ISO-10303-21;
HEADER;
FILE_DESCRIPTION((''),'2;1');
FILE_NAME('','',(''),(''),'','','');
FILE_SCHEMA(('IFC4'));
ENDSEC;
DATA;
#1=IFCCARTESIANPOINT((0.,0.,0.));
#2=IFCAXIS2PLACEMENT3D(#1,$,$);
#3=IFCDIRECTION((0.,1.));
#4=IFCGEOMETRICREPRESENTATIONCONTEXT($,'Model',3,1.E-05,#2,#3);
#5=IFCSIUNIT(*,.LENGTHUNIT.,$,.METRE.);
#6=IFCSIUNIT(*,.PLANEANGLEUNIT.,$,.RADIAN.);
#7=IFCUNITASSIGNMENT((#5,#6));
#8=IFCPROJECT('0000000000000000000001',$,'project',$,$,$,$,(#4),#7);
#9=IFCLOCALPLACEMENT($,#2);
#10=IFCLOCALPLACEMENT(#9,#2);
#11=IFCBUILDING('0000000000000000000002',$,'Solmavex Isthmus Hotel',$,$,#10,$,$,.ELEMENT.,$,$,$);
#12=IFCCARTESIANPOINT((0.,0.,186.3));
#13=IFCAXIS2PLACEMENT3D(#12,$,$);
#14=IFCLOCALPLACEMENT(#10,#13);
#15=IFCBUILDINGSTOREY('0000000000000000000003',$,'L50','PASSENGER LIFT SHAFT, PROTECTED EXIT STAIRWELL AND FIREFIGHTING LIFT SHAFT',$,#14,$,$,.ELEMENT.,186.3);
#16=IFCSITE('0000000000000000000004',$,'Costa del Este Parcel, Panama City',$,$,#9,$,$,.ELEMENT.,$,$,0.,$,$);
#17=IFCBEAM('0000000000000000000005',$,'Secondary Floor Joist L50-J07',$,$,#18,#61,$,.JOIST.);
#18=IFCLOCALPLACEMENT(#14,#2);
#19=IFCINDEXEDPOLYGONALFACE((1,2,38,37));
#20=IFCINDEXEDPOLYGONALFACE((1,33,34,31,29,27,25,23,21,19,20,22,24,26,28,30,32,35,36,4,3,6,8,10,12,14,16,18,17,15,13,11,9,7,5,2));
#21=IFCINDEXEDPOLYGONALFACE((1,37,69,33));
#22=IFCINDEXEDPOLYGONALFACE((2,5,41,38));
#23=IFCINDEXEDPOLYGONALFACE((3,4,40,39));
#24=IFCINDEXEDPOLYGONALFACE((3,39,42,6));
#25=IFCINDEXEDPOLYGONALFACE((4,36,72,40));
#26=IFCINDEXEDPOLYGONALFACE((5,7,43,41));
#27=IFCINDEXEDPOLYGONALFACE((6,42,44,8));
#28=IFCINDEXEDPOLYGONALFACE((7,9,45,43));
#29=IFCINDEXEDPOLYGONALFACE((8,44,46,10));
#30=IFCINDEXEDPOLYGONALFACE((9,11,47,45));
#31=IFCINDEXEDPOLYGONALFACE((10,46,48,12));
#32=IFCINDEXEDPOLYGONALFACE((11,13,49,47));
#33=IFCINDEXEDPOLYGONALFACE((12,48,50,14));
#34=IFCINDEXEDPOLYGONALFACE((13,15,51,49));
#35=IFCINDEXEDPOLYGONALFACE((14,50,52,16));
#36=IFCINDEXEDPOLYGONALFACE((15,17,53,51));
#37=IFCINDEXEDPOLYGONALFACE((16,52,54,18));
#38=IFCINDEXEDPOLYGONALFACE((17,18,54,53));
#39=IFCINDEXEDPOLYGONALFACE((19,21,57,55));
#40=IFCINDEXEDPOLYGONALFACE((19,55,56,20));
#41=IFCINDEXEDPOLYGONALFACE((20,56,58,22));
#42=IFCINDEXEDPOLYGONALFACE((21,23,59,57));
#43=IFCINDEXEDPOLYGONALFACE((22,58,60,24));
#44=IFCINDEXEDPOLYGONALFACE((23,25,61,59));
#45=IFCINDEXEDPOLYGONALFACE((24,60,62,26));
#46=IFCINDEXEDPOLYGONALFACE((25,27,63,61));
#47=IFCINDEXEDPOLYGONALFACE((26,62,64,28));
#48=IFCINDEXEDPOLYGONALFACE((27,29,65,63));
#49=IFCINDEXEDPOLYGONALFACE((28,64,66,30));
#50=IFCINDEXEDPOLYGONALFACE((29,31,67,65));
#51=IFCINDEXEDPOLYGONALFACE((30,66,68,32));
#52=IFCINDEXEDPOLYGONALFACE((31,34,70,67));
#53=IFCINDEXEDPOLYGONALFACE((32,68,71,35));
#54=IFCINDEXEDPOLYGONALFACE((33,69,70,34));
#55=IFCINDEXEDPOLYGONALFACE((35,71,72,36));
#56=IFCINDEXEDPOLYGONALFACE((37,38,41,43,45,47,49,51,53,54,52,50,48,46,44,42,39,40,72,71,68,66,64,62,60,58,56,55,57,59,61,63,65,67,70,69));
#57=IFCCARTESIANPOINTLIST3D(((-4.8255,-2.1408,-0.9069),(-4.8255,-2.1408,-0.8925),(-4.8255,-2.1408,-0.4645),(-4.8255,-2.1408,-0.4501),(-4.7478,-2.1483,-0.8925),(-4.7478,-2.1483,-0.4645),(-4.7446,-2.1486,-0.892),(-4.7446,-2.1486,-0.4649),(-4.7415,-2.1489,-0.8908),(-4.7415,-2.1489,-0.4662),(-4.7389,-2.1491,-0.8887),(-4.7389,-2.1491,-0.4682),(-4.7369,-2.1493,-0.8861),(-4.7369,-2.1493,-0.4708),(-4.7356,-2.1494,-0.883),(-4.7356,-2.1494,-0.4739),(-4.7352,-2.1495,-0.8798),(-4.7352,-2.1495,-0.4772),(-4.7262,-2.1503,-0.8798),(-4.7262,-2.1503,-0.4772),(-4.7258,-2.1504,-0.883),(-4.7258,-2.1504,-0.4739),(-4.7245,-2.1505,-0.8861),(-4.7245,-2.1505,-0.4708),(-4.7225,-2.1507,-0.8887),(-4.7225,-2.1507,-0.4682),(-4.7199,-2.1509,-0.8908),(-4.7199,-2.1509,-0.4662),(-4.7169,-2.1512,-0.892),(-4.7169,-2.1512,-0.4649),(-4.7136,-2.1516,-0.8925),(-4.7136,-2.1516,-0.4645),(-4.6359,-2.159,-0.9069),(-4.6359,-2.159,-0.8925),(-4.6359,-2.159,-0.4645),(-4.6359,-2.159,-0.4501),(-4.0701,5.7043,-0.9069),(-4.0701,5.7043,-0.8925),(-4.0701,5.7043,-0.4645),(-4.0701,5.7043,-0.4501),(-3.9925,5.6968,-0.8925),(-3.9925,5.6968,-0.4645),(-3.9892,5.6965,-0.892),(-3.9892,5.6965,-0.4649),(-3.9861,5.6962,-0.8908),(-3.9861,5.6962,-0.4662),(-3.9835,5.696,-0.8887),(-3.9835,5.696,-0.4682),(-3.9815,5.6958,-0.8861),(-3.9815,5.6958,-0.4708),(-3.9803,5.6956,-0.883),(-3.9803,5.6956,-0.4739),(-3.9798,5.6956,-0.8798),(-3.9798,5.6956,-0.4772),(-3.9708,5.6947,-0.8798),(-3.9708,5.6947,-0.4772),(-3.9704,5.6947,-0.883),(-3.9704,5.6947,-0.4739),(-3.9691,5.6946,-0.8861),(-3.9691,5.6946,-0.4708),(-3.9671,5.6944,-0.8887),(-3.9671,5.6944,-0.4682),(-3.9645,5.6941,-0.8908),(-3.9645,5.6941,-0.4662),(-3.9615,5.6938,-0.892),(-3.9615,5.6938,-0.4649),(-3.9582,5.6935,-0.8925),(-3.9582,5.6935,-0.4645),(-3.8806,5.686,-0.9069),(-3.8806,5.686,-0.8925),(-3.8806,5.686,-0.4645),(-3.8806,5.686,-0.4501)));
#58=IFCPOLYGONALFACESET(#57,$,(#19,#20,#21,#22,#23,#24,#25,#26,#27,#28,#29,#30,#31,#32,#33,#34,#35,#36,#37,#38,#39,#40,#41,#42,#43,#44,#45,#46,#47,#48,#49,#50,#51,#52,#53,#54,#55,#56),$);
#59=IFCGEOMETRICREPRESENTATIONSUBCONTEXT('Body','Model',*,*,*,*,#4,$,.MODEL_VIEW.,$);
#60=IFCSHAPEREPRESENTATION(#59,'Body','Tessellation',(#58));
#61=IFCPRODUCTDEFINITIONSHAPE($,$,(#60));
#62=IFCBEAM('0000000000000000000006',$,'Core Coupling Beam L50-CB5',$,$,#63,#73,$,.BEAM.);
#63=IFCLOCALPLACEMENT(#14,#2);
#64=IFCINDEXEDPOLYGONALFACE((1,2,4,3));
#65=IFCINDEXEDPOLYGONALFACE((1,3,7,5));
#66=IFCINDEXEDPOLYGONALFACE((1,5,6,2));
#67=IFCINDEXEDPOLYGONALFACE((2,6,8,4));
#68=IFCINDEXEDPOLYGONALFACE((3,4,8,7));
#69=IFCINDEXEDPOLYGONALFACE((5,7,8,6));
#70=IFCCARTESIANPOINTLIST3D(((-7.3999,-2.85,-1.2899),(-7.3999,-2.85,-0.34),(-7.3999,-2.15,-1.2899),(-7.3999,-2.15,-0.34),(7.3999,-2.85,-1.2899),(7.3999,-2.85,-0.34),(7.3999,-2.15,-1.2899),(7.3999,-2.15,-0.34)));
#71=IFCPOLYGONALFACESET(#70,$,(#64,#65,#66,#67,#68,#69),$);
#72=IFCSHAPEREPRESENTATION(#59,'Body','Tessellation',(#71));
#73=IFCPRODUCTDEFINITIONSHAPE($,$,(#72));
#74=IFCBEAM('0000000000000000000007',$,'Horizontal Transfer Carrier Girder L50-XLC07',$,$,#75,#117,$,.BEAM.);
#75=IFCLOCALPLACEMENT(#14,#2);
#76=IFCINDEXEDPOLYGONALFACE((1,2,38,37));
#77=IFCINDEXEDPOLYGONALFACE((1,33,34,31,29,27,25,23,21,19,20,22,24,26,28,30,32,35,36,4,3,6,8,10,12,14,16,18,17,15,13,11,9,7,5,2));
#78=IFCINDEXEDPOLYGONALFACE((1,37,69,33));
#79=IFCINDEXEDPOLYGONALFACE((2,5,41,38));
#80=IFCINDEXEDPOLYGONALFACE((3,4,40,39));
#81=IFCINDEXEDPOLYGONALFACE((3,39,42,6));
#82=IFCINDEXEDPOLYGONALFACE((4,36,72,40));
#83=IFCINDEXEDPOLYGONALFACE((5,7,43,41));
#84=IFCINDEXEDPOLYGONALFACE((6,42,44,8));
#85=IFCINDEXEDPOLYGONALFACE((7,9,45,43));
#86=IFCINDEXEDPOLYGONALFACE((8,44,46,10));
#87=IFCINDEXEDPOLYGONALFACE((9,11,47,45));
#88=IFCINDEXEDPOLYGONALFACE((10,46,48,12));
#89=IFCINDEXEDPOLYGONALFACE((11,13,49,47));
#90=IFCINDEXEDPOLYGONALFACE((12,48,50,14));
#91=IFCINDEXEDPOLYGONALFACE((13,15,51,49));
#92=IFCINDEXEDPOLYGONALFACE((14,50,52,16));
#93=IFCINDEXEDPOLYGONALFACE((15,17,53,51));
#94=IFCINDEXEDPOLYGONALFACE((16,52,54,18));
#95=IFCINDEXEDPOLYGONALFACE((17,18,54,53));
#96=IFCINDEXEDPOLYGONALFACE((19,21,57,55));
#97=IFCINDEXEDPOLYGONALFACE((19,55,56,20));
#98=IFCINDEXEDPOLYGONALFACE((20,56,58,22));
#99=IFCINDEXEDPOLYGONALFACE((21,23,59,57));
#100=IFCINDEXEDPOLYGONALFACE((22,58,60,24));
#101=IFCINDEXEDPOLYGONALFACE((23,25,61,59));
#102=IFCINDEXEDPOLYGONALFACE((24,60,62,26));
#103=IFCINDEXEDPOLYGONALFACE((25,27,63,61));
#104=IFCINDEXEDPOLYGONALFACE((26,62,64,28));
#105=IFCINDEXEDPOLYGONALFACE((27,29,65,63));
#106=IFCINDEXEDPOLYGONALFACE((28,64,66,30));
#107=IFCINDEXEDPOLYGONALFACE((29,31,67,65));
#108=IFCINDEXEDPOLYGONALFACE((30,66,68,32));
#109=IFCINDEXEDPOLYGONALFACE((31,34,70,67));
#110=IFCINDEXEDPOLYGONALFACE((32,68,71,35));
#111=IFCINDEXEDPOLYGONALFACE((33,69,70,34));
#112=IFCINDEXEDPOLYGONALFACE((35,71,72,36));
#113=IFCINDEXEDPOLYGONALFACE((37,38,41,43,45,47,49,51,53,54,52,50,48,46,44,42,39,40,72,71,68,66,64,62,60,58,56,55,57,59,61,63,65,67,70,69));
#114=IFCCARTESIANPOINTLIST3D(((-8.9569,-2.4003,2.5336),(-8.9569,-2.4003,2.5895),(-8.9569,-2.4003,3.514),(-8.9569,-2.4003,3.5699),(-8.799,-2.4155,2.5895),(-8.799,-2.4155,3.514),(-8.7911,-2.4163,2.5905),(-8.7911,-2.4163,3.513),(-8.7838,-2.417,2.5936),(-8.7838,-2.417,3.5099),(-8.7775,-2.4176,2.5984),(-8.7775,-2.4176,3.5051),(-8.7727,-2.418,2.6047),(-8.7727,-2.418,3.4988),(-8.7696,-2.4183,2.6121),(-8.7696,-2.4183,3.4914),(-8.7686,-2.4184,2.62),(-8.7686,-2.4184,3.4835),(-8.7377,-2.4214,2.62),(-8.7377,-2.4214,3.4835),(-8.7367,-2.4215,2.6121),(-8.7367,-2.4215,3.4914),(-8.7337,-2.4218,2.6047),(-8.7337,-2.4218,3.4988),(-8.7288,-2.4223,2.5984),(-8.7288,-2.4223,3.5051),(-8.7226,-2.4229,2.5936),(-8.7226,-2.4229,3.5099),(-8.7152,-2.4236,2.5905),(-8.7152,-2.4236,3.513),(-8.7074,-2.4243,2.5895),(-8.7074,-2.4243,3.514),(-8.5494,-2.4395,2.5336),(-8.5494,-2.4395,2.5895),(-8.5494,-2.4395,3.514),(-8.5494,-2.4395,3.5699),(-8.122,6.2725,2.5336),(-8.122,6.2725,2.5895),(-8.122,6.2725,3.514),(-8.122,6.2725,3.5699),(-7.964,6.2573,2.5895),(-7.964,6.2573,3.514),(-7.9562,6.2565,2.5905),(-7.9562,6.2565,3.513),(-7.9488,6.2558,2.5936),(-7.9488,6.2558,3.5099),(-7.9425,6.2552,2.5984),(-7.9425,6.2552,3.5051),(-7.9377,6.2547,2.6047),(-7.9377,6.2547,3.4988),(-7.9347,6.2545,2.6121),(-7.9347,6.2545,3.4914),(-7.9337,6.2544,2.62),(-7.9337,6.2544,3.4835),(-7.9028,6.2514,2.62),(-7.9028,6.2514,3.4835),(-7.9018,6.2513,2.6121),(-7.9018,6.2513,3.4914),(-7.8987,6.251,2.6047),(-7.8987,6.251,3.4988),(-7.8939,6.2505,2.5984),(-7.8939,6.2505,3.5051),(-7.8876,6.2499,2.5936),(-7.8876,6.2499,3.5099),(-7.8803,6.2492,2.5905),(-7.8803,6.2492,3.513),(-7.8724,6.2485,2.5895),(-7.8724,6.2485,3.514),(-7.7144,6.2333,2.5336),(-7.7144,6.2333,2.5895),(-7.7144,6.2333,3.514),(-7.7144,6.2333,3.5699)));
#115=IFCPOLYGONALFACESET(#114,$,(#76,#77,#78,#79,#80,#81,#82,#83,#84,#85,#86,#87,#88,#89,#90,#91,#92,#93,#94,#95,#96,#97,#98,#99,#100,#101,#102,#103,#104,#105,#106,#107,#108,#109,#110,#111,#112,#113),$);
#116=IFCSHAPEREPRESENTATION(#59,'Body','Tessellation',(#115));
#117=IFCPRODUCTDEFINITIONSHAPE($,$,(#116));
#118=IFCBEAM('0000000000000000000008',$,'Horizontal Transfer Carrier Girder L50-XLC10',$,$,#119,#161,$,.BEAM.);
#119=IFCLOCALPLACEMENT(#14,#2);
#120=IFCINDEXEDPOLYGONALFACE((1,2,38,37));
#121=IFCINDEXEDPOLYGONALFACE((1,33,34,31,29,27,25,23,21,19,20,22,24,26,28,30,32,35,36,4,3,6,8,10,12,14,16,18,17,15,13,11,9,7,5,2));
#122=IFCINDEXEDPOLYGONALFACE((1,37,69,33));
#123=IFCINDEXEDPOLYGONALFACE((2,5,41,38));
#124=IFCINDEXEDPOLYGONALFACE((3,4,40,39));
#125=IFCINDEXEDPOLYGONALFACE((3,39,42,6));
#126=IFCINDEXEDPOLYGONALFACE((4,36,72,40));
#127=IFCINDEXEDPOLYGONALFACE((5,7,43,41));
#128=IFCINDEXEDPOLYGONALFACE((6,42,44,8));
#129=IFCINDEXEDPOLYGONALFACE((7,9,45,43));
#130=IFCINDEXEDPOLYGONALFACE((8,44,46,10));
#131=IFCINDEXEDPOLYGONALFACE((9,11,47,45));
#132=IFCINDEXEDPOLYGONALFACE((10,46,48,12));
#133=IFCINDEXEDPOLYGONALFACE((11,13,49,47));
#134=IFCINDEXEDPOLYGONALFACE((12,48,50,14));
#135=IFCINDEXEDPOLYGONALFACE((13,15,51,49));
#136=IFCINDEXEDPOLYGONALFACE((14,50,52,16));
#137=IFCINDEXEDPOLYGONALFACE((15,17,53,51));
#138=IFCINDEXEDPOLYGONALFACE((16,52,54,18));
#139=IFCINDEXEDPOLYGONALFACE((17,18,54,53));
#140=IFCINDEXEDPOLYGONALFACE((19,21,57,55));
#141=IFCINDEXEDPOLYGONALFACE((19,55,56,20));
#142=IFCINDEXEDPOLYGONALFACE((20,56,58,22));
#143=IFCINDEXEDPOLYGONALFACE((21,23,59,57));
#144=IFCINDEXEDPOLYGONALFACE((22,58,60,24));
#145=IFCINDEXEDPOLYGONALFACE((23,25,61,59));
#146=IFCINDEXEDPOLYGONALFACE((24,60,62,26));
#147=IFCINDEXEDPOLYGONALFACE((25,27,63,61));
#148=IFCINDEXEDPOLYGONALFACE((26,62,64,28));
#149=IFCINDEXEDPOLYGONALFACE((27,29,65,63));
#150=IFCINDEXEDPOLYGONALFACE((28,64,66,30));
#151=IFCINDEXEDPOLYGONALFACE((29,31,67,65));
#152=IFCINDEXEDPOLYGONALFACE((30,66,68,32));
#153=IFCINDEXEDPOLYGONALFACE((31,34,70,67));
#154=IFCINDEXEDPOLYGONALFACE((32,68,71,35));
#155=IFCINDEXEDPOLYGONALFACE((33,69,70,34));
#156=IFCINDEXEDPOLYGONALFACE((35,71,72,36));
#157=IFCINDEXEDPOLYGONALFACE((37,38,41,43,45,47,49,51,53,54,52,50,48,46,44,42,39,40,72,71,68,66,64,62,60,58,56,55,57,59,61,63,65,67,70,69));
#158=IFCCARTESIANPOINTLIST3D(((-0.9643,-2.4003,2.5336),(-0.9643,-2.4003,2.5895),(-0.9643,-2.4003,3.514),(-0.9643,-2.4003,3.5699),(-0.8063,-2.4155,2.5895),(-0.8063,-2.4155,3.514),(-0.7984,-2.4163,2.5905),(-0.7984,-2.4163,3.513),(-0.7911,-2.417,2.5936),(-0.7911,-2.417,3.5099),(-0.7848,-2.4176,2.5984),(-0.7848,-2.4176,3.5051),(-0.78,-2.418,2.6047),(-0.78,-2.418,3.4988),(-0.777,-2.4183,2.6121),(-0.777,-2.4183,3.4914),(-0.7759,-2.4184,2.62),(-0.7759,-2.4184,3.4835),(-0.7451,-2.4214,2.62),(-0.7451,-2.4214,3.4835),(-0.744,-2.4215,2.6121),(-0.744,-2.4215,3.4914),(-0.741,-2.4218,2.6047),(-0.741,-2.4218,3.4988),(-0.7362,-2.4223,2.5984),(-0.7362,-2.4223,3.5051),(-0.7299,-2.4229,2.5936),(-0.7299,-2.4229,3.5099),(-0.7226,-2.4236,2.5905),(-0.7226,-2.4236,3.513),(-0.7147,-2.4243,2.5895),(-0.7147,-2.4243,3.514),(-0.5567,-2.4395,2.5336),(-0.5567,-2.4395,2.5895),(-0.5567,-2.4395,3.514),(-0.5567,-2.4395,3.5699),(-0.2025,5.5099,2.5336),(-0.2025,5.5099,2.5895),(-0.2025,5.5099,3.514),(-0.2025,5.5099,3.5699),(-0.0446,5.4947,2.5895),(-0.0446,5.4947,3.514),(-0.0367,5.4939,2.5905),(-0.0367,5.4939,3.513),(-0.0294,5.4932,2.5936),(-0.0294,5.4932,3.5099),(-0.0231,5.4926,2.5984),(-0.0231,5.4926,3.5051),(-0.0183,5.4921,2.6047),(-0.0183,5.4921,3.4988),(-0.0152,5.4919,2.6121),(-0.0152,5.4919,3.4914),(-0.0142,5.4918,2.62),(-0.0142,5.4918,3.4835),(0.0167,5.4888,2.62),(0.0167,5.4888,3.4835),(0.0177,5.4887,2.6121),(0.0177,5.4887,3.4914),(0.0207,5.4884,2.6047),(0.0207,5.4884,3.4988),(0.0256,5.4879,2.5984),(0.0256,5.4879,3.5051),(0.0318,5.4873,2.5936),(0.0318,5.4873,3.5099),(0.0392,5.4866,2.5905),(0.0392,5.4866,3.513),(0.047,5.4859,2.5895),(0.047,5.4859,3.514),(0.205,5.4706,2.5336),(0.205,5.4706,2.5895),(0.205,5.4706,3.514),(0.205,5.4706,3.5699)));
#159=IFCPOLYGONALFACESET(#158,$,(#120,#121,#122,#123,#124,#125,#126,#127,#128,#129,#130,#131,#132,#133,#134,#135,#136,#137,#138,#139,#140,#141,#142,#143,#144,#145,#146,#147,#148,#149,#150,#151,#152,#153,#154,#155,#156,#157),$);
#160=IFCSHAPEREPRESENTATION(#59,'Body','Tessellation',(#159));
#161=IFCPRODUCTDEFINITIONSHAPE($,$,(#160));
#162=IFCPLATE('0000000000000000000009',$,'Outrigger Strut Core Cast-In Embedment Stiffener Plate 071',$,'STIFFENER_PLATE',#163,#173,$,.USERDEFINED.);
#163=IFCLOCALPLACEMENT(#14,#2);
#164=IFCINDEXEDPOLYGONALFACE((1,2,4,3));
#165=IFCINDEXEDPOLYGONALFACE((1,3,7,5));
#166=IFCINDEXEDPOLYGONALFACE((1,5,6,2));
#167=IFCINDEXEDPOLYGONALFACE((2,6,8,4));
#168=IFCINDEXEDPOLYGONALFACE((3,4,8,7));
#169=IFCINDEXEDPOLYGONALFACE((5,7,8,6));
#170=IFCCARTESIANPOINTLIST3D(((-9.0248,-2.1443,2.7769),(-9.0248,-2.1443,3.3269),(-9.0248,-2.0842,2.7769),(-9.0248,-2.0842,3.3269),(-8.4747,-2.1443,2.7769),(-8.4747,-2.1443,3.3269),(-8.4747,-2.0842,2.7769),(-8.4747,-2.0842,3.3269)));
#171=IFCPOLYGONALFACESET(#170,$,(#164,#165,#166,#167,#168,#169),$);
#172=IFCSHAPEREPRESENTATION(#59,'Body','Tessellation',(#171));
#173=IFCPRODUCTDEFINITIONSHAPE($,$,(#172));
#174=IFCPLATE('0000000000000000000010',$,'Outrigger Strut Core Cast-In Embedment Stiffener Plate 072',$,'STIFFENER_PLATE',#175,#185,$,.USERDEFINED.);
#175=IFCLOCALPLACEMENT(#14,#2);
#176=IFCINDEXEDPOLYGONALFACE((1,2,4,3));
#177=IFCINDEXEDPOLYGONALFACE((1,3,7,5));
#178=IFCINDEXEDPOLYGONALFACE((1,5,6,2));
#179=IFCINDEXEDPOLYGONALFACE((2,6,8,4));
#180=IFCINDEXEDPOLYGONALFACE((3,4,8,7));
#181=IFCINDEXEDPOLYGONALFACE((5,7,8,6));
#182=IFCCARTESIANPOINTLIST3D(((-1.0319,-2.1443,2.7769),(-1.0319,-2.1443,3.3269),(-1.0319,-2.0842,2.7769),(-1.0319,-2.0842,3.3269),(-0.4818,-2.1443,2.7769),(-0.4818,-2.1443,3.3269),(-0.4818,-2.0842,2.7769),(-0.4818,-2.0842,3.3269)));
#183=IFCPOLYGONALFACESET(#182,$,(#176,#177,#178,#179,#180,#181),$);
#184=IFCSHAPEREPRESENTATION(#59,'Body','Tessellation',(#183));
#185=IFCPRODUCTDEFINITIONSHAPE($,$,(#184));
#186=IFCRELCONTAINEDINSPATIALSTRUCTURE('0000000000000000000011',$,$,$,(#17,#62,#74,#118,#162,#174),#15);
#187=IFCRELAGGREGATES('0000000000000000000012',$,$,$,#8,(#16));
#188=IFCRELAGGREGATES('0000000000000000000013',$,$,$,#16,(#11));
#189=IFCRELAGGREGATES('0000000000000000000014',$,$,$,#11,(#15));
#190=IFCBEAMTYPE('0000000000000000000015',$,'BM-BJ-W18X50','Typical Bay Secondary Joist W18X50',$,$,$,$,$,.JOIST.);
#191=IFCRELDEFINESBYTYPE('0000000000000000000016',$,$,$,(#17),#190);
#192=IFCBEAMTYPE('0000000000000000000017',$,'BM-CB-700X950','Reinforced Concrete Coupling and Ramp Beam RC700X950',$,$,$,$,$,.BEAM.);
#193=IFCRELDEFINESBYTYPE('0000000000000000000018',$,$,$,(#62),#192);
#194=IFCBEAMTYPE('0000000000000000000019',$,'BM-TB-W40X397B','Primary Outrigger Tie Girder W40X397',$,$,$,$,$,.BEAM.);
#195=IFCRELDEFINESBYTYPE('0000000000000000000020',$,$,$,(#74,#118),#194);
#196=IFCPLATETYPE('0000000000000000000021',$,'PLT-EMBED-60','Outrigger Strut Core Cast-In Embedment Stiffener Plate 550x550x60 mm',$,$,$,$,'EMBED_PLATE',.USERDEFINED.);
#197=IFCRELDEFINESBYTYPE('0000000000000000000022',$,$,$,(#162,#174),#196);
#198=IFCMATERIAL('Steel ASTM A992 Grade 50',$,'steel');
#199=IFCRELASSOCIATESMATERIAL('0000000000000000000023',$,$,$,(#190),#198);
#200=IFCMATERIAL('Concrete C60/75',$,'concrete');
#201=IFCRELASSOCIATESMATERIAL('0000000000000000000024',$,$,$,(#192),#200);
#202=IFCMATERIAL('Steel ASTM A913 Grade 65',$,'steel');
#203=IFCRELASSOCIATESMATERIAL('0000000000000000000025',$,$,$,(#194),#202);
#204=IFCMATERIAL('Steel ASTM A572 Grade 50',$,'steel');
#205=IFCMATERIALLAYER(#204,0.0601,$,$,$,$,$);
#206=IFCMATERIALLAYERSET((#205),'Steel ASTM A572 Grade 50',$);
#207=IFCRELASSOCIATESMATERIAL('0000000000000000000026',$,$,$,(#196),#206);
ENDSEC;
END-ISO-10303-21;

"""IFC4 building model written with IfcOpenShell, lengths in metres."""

from ifc_helpers import new_model, si_unit, direction, frame, origin, origin_2d, place, context, subcontext, project, spatial, rectangle, i_section, extrude, material, layer, layer_set, material_profile, profile_set, type_object, element, save


model = new_model("IFC4")

# Units and contexts
model_context = context("Model", 3, precision=1e-05, world=origin(), true_north=direction((0.0, 1.0)))
body_context = subcontext(model_context, "Body", "Model", "MODEL_VIEW")
ifc_project = project(units=[si_unit("LENGTHUNIT", "METRE"), si_unit("PLANEANGLEUNIT", "RADIAN")], contexts=[model_context])

# Site, building, storey
site_placement = place(None, origin())
site = spatial("IfcSite", under=ifc_project, at=site_placement, Name="Costa del Este Parcel, Panama City", CompositionType="ELEMENT", RefElevation=0.0)
building_placement = place(site_placement, origin())
building = spatial("IfcBuilding", under=site, at=building_placement, Name="Solmavex Isthmus Hotel", CompositionType="ELEMENT")
storey_placement = place(building_placement, frame((0.0, 0.0, 186.3)))
storey = spatial("IfcBuildingStorey", under=building, at=storey_placement, Name="L50", Description="PASSENGER LIFT SHAFT, PROTECTED EXIT STAIRWELL AND FIREFIGHTING LIFT SHAFT", CompositionType="ELEMENT", Elevation=186.3)

# Shared definitions
ifc_material_1 = material(Name="Concrete C60/75", Category="concrete")

# Beams
ifc_material_2 = material(Name="Steel ASTM A992 Grade 50", Category="steel")
ifc_material_profile_1 = material_profile(ifc_material_2, i_section(OverallWidth=0.1904, OverallDepth=0.4568, WebThickness=0.009, FlangeThickness=0.0144, FilletRadius=0.0127, at=origin_2d()), Name="W18X50")
ifc_profile_set_1 = profile_set([ifc_material_profile_1], Name="Steel ASTM A992 Grade 50")
beam_type_1 = type_object("IfcBeamType", Name="BM-BJ-W18X50", Description="Typical Bay Secondary Joist W18X50", PredefinedType="JOIST", material=ifc_profile_set_1)
beam_1_placement = place(storey_placement, frame((-4.7307, -2.1499, -0.6785), z_axis=(0.095844, 0.995396, 0.0), x_axis=(-0.995396, 0.095844, 0.0)))
element("IfcBeam", 1, at=beam_1_placement, inside=storey, type_object=beam_type_1, Name="Secondary Floor Joist L50-J07", PredefinedType="JOIST", context=body_context, shape_type="SweptSolid", body=[
    extrude(i_section(OverallWidth=0.1904, OverallDepth=0.4568, WebThickness=0.009, FlangeThickness=0.0144, FilletRadius=0.0127, at=origin_2d()), origin(), (0.0, 0.0, 1.0), 7.8813),
])
ifc_material_profile_2 = material_profile(ifc_material_1, rectangle(XDim=0.7, YDim=0.95, at=origin_2d()), Name="RC700X950")
ifc_profile_set_2 = profile_set([ifc_material_profile_2], Name="Concrete C60/75")
beam_type_2 = type_object("IfcBeamType", Name="BM-CB-700X950", Description="Reinforced Concrete Coupling and Ramp Beam RC700X950", PredefinedType="BEAM", material=ifc_profile_set_2)
beam_2_placement = place(storey_placement, frame((-7.3999, -2.5, -0.8149), z_axis=(1.0, 0.0, 0.0), x_axis=(0.0, 1.0, 0.0)))
element("IfcBeam", 2, at=beam_2_placement, inside=storey, type_object=beam_type_2, Name="Core Coupling Beam L50-CB5", PredefinedType="BEAM", context=body_context, shape_type="SweptSolid", body=[
    extrude(rectangle(XDim=0.7, YDim=0.95, at=origin_2d()), origin(), (0.0, 0.0, 1.0), 14.7998),
])
ifc_material_3 = material(Name="Steel ASTM A913 Grade 65", Category="steel")
ifc_material_profile_3 = material_profile(ifc_material_3, i_section(OverallWidth=0.4094, OverallDepth=1.0364, WebThickness=0.031, FlangeThickness=0.0559, FilletRadius=0.0305, at=origin_2d()), Name="W40X397")
ifc_profile_set_3 = profile_set([ifc_material_profile_3], Name="Steel ASTM A913 Grade 65")
beam_type_3 = type_object("IfcBeamType", Name="BM-TB-W40X397B", Description="Primary Outrigger Tie Girder W40X397", PredefinedType="BEAM", material=ifc_profile_set_3)
beam_3_placement = place(storey_placement, frame((-8.7532, -2.4199, 3.0518), z_axis=(0.09583, 0.995398, 0.0), x_axis=(-0.995398, 0.09583, 0.0)))
element("IfcBeam", 3, at=beam_3_placement, inside=storey, type_object=beam_type_3, Name="Horizontal Transfer Carrier Girder L50-XLC07", PredefinedType="BEAM", context=body_context, shape_type="SweptSolid", body=[
    extrude(i_section(OverallWidth=0.4094, OverallDepth=1.0364, WebThickness=0.031, FlangeThickness=0.0559, FilletRadius=0.0305, at=origin_2d()), origin(), (0.0, 0.0, 1.0), 8.7129),
])
beam_4_placement = place(storey_placement, frame((-0.7605, -2.4199, 3.0518), z_axis=(0.095853, 0.995396, 0.0), x_axis=(-0.995396, 0.095853, 0.0)))
element("IfcBeam", 4, at=beam_4_placement, inside=storey, type_object=beam_type_3, Name="Horizontal Transfer Carrier Girder L50-XLC10", PredefinedType="BEAM", context=body_context, shape_type="SweptSolid", body=[
    extrude(i_section(OverallWidth=0.4094, OverallDepth=1.0364, WebThickness=0.031, FlangeThickness=0.0559, FilletRadius=0.0305, at=origin_2d()), origin(), (0.0, 0.0, 1.0), 7.9468),
])

# Plates
ifc_material_4 = material(Name="Steel ASTM A572 Grade 50", Category="steel")
ifc_layer_1 = layer(ifc_material_4, 0.0601)
ifc_layer_set_1 = layer_set([ifc_layer_1], Name="Steel ASTM A572 Grade 50")
plate_type = type_object("IfcPlateType", Name="PLT-EMBED-60", Description="Outrigger Strut Core Cast-In Embedment Stiffener Plate 550x550x60 mm", ElementType="EMBED_PLATE", PredefinedType="USERDEFINED", material=ifc_layer_set_1)
for number, where, z_axis, x_axis, name in (
    (5, (-8.7498, -2.1143, 2.7769), (0.0, 0.0, 1.0), (1.0, 0.0, 0.0), "Outrigger Strut Core Cast-In Embedment Stiffener Plate 071"),
    (6, (-0.7568, -2.1143, 2.7769), (0.0, 0.0, 1.0), (1.0, 0.0, 0.0), "Outrigger Strut Core Cast-In Embedment Stiffener Plate 072"),
):
    element("IfcPlate", number, at=place(storey_placement, frame(where, z_axis=z_axis, x_axis=x_axis)), inside=storey, type_object=plate_type, Name=name, ObjectType="STIFFENER_PLATE", PredefinedType="USERDEFINED", context=body_context, shape_type="SweptSolid", body=[
        extrude(rectangle(XDim=0.55, YDim=0.0601, at=origin_2d()), origin(), (0.0, 0.0, 1.0), 0.55),
    ])

save(model, "model.ifc")
